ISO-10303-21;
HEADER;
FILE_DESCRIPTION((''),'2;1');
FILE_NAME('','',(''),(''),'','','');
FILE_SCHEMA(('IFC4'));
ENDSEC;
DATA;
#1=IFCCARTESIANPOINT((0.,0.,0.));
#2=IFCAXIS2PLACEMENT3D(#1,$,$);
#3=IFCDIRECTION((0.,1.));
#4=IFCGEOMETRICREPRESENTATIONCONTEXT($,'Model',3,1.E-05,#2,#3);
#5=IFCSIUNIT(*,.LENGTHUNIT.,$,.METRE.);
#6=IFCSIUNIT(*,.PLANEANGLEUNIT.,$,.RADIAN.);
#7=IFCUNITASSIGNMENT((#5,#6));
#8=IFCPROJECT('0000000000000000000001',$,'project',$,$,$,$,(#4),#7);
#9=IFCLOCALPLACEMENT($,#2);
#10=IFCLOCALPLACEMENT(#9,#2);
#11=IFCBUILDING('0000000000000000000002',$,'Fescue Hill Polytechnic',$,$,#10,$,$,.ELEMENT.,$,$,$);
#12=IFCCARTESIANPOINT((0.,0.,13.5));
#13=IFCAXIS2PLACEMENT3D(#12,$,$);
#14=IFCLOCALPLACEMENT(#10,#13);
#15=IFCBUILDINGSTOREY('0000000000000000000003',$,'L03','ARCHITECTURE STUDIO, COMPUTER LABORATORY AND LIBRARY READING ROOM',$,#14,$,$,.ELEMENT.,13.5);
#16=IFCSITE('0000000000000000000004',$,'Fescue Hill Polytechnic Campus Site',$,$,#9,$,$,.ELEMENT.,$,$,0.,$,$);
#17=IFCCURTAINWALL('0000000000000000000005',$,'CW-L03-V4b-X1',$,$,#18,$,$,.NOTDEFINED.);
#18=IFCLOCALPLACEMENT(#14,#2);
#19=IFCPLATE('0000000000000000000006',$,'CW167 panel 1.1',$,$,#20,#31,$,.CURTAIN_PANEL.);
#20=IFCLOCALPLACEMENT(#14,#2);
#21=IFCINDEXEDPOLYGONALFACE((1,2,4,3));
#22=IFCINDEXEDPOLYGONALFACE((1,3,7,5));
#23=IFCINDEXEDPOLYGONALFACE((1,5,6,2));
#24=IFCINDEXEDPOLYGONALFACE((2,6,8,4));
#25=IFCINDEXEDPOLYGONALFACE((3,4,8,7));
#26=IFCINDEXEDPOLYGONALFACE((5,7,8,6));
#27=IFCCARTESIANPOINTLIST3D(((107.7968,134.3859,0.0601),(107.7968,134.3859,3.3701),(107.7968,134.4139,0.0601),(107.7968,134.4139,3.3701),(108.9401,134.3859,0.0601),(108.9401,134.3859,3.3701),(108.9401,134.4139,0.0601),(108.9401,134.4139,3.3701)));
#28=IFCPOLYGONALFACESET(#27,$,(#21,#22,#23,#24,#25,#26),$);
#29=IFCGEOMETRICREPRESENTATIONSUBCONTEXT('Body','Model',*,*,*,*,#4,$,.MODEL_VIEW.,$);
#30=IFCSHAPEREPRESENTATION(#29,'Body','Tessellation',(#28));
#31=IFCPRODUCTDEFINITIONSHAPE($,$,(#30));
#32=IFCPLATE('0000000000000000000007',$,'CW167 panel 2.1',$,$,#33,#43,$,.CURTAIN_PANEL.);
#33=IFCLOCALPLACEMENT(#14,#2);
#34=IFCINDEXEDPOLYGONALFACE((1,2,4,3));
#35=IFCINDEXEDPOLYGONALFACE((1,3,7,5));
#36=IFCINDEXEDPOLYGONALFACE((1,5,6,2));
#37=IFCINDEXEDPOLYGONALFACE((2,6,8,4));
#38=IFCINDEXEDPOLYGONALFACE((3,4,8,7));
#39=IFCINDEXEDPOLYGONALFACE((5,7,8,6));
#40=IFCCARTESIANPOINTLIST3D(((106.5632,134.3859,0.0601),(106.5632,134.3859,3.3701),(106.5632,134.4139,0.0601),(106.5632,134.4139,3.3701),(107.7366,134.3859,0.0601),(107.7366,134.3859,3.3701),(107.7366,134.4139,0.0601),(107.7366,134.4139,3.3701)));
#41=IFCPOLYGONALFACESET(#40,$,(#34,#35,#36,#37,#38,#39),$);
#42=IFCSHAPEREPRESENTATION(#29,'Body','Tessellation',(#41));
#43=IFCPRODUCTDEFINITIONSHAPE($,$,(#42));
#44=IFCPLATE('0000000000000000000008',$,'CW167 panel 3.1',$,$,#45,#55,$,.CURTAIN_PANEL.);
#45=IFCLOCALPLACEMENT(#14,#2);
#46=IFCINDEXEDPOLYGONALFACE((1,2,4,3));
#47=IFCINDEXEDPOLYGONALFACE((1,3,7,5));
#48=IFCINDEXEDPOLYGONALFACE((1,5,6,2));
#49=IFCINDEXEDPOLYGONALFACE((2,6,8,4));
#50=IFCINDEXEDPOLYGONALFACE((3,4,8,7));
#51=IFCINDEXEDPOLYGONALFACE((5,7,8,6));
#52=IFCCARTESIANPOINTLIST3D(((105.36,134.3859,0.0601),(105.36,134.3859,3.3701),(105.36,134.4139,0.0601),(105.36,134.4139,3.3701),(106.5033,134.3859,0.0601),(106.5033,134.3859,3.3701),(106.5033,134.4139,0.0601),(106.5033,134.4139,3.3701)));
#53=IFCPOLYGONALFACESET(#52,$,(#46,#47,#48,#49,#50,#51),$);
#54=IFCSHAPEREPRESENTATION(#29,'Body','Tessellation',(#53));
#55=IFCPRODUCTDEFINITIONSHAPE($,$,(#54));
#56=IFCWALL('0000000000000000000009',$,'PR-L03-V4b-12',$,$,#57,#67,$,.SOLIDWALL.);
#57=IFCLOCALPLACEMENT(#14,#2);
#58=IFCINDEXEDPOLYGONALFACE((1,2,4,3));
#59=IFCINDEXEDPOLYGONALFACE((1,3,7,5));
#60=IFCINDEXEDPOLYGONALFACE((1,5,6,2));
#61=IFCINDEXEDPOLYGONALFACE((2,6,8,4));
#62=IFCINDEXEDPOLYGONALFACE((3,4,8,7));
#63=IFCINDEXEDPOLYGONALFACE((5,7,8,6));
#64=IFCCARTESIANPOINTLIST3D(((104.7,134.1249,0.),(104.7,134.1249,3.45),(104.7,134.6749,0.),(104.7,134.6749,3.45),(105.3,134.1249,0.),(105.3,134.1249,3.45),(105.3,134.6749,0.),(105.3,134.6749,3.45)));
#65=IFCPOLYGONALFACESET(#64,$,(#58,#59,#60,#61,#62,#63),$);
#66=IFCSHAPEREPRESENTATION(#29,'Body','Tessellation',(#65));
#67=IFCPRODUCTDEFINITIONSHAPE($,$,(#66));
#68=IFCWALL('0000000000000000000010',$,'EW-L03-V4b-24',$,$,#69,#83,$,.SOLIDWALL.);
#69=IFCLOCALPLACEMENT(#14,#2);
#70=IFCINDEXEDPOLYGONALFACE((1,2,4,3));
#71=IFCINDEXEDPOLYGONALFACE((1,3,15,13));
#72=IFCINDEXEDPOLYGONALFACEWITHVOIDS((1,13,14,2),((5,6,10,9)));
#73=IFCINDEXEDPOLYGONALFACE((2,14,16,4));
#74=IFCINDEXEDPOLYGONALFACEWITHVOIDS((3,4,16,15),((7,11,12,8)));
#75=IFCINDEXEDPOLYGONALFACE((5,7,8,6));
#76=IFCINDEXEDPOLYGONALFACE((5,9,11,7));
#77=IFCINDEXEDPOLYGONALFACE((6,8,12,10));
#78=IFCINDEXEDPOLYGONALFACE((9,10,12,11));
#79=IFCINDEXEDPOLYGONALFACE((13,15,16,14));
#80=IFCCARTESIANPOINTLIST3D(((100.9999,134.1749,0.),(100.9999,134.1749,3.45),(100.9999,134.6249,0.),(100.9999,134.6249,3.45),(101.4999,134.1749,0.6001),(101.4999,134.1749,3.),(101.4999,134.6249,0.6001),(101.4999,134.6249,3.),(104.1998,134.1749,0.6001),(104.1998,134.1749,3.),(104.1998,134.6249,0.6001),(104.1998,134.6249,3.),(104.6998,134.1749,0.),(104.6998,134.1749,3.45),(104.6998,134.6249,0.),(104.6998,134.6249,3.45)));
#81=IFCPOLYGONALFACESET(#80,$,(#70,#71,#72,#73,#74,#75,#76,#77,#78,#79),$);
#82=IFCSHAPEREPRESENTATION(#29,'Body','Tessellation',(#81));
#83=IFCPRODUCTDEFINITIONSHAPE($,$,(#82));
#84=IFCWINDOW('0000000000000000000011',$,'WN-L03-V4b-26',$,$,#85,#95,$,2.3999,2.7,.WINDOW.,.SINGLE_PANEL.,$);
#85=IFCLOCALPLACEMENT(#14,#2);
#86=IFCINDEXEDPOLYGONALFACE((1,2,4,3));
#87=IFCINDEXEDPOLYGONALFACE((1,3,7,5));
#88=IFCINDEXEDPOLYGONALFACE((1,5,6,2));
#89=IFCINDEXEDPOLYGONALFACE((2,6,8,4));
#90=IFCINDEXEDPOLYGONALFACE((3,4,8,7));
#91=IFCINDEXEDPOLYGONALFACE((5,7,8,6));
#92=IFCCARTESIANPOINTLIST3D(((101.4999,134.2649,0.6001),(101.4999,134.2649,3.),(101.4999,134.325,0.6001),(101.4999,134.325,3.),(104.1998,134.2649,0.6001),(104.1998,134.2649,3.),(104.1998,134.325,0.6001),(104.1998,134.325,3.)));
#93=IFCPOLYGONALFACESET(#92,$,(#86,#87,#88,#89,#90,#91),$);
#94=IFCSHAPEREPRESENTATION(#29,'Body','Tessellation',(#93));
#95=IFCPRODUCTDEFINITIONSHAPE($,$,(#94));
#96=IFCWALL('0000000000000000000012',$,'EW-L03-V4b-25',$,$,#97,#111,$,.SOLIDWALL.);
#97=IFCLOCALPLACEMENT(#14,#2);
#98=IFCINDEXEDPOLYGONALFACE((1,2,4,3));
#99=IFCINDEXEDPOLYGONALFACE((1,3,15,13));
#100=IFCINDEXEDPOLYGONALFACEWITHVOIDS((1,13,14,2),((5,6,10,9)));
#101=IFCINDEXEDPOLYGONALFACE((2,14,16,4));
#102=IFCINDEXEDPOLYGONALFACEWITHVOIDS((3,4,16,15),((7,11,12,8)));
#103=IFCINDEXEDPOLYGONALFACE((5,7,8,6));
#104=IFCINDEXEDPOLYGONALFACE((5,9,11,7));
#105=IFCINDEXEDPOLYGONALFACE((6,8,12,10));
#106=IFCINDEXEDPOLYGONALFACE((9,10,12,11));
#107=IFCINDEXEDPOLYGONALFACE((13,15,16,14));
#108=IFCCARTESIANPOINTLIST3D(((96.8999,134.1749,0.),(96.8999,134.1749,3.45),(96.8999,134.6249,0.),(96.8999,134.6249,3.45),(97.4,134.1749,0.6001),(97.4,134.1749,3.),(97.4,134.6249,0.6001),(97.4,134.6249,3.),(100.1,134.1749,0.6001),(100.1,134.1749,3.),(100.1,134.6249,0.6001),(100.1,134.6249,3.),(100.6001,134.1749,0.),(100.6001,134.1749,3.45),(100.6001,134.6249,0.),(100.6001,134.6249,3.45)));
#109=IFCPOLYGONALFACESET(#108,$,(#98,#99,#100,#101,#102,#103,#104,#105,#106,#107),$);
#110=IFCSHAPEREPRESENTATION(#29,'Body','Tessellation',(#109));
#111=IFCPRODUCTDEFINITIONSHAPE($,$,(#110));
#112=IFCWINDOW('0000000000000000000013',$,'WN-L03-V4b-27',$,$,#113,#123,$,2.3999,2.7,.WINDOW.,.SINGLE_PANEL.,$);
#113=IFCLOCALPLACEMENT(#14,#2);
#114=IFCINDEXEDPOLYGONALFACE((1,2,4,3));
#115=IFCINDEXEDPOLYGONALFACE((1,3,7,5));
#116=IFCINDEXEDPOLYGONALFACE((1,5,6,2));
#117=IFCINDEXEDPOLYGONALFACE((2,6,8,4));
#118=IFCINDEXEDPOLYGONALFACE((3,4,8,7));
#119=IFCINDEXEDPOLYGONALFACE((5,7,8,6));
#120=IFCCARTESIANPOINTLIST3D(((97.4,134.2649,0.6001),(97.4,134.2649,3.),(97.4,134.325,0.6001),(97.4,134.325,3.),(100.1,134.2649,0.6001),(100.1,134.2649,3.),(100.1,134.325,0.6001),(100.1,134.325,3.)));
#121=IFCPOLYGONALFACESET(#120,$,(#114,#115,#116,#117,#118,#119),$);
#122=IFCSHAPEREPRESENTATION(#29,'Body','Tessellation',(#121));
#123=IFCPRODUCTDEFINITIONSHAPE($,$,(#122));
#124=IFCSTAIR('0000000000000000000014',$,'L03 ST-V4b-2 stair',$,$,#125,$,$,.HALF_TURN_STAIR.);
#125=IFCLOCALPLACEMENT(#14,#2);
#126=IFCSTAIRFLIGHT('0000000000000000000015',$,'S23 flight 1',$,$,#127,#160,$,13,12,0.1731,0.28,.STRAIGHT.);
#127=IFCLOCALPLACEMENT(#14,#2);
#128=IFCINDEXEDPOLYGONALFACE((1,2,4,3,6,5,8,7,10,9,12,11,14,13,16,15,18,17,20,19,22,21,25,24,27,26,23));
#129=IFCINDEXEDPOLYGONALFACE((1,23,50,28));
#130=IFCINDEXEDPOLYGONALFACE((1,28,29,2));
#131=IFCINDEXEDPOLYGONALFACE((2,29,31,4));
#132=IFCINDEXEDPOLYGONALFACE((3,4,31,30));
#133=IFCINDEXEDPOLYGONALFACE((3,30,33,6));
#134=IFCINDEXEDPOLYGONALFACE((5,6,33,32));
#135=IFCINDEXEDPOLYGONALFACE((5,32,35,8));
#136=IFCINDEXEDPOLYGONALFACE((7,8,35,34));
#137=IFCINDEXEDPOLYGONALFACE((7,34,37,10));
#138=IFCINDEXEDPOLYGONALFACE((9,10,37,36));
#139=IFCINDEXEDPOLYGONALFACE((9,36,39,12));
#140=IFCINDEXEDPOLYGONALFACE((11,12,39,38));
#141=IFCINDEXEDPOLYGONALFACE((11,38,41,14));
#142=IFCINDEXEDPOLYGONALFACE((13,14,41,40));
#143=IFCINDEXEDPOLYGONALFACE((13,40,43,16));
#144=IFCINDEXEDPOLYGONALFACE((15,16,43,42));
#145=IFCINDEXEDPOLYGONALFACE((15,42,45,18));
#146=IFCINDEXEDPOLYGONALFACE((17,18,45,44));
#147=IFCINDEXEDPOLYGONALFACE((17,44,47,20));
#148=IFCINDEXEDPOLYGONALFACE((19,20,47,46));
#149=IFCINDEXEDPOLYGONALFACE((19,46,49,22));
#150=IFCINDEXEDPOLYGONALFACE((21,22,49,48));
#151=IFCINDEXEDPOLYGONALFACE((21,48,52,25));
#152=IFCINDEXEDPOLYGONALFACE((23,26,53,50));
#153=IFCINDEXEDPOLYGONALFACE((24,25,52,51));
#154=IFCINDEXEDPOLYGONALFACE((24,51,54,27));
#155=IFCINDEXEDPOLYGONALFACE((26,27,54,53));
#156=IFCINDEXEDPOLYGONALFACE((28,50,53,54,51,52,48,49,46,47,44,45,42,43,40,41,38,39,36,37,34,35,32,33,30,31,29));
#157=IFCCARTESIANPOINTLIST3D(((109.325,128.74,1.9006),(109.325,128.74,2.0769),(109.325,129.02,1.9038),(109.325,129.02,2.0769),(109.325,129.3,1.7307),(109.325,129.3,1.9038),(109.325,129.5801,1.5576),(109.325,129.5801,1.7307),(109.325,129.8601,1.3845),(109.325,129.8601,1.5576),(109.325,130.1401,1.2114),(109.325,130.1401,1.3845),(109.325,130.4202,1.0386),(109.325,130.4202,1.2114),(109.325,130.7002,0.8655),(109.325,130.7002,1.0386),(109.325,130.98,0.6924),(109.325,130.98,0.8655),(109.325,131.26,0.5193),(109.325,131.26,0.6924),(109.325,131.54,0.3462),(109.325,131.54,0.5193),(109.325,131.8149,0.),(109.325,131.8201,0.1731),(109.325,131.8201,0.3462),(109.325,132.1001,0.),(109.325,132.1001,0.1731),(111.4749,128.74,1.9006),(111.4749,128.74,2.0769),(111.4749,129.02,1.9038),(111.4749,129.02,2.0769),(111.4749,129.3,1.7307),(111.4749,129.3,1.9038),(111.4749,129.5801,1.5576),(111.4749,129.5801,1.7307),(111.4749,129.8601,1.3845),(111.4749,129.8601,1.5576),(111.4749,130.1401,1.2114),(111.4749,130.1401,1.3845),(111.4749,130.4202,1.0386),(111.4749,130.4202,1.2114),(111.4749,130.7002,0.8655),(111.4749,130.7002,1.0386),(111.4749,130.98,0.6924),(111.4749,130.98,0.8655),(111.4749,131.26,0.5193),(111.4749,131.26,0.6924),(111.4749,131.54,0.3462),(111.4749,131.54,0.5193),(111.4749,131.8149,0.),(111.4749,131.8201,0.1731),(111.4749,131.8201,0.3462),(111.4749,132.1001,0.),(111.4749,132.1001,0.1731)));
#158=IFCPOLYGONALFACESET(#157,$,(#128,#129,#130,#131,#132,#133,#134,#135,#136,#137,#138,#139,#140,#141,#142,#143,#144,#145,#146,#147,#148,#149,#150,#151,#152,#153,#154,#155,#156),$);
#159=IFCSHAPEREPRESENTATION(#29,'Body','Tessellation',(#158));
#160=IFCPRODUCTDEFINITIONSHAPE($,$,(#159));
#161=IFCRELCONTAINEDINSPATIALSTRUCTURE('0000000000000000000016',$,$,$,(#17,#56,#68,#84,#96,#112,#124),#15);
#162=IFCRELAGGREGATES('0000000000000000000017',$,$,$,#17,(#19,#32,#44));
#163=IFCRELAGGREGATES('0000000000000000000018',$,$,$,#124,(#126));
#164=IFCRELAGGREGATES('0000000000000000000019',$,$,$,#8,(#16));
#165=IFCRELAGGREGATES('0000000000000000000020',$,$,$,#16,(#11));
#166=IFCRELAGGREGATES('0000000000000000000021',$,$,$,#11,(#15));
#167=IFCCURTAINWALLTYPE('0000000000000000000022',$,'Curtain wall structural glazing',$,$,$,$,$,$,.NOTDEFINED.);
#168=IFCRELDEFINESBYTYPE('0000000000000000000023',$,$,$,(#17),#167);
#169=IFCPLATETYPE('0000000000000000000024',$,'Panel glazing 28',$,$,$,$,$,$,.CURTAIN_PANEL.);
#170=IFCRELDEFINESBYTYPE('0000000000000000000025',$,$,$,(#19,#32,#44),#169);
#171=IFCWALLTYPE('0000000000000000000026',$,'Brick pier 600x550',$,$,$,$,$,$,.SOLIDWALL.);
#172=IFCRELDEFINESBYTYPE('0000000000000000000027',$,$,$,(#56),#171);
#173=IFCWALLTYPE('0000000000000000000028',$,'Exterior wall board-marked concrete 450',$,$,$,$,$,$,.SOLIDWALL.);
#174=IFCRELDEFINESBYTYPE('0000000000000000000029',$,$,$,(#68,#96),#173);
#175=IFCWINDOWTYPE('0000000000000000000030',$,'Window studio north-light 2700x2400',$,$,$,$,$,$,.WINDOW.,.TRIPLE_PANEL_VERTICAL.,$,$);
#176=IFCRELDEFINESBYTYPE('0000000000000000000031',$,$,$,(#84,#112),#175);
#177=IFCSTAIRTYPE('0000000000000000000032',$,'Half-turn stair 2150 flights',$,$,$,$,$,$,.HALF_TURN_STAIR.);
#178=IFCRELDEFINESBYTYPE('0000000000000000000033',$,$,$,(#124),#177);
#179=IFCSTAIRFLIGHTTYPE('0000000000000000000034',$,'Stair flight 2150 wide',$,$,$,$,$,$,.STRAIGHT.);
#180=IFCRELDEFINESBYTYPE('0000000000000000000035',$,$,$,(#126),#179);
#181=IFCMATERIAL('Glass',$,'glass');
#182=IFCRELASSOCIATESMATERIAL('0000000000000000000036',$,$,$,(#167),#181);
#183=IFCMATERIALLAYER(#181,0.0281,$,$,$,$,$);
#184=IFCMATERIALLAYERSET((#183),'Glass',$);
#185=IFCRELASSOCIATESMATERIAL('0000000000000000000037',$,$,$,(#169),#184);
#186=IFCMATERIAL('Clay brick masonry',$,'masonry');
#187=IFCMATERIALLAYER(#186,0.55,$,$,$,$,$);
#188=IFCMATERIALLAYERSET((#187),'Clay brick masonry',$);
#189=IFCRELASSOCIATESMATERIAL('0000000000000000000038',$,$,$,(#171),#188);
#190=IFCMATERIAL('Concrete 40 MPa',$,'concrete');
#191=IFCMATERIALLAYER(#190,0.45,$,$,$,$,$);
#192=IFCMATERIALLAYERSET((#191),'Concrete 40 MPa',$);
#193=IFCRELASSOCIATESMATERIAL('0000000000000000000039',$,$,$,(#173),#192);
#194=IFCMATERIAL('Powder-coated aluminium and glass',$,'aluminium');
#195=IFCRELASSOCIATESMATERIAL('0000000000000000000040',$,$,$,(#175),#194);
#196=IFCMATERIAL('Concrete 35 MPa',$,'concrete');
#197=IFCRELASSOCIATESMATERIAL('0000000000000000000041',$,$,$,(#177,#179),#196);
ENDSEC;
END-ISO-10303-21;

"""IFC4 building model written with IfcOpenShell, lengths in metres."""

from ifc_helpers import new_model, si_unit, direction, frame, frame_2d, origin, origin_2d, place, context, subcontext, project, spatial, polyline, rectangle, outline, extrude, material, layer, layer_set, type_object, element, fill, aggregate, save


model = new_model("IFC4")

# Units and contexts
model_context = context("Model", 3, precision=1e-05, world=origin(), true_north=direction((0.0, 1.0)))
body_context = subcontext(model_context, "Body", "Model", "MODEL_VIEW")
ifc_project = project(units=[si_unit("LENGTHUNIT", "METRE"), si_unit("PLANEANGLEUNIT", "RADIAN")], contexts=[model_context])

# Site, building, storey
site_placement = place(None, origin())
site = spatial("IfcSite", under=ifc_project, at=site_placement, Name="Fescue Hill Polytechnic Campus Site", CompositionType="ELEMENT", RefElevation=0.0)
building_placement = place(site_placement, origin())
building = spatial("IfcBuilding", under=site, at=building_placement, Name="Fescue Hill Polytechnic", CompositionType="ELEMENT")
storey_placement = place(building_placement, frame((0.0, 0.0, 13.5)))
storey = spatial("IfcBuildingStorey", under=building, at=storey_placement, Name="L03", Description="ARCHITECTURE STUDIO, COMPUTER LABORATORY AND LIBRARY READING ROOM", CompositionType="ELEMENT", Elevation=13.5)

# Shared definitions
ifc_material_1 = material(Name="Concrete 40 MPa", Category="concrete")

# Shared definitions
ifc_material_2 = material(Name="Concrete 35 MPa", Category="concrete")

# Curtain wall, plates
ifc_material_3 = material(Name="Glass", Category="glass")
curtain_wall_type = type_object("IfcCurtainWallType", Name="Curtain wall structural glazing", PredefinedType="NOTDEFINED", material=ifc_material_3)
curtain_wall_placement = place(storey_placement, origin())
curtain_wall = element("IfcCurtainWall", 1, at=curtain_wall_placement, inside=storey, type_object=curtain_wall_type, Name="CW-L03-V4b-X1", PredefinedType="NOTDEFINED")
ifc_layer_1 = layer(ifc_material_3, 0.0281)
ifc_layer_set_1 = layer_set([ifc_layer_1], Name="Glass")
plate_type = type_object("IfcPlateType", Name="Panel glazing 28", PredefinedType="CURTAIN_PANEL", material=ifc_layer_set_1)
plate_1_placement = place(storey_placement, frame((108.3684, 134.3999, 0.0601), z_axis=(0.0, 0.0, 1.0), x_axis=(-1.0, 0.0, 0.0)))
plate_1 = element("IfcPlate", 2, at=plate_1_placement, type_object=plate_type, Name="CW167 panel 1.1", PredefinedType="CURTAIN_PANEL", context=body_context, shape_type="SweptSolid", body=[
    extrude(rectangle(XDim=1.1433, YDim=0.0281, at=origin_2d()), origin(), (0.0, 0.0, 1.0), 3.3101),
])
plate_2_placement = place(storey_placement, frame((107.1499, 134.3999, 0.0601), z_axis=(0.0, 0.0, 1.0), x_axis=(-1.0, 0.0, 0.0)))
plate_2 = element("IfcPlate", 3, at=plate_2_placement, type_object=plate_type, Name="CW167 panel 2.1", PredefinedType="CURTAIN_PANEL", context=body_context, shape_type="SweptSolid", body=[
    extrude(rectangle(XDim=1.1733, YDim=0.0281, at=origin_2d()), origin(), (0.0, 0.0, 1.0), 3.3101),
])
plate_3_placement = place(storey_placement, frame((105.9316, 134.3999, 0.0601), z_axis=(0.0, 0.0, 1.0), x_axis=(-1.0, 0.0, 0.0)))
plate_3 = element("IfcPlate", 4, at=plate_3_placement, type_object=plate_type, Name="CW167 panel 3.1", PredefinedType="CURTAIN_PANEL", context=body_context, shape_type="SweptSolid", body=[
    extrude(rectangle(XDim=1.1433, YDim=0.0281, at=origin_2d()), origin(), (0.0, 0.0, 1.0), 3.3101),
])
aggregate(curtain_wall, [plate_1, plate_2, plate_3])

# Wall
ifc_material_4 = material(Name="Clay brick masonry", Category="masonry")
ifc_layer_2 = layer(ifc_material_4, 0.55)
ifc_layer_set_2 = layer_set([ifc_layer_2], Name="Clay brick masonry")
wall_type_1 = type_object("IfcWallType", Name="Brick pier 600x550", PredefinedType="SOLIDWALL", material=ifc_layer_set_2)
wall_1_placement = place(storey_placement, frame((105.3, 134.3999, 0.0), z_axis=(0.0, 0.0, 1.0), x_axis=(-1.0, 0.0, 0.0)))
element("IfcWall", 5, at=wall_1_placement, inside=storey, type_object=wall_type_1, Name="PR-L03-V4b-12", PredefinedType="SOLIDWALL", context=body_context, shape_type="SweptSolid", body=[
    extrude(rectangle(XDim=0.6001, YDim=0.55, at=frame_2d((0.3, 0.0))), origin(), (0.0, 0.0, 1.0), 3.45),
])

# Walls, openings, windows
ifc_layer_3 = layer(ifc_material_1, 0.45)
ifc_layer_set_3 = layer_set([ifc_layer_3], Name="Concrete 40 MPa")
wall_type_2 = type_object("IfcWallType", Name="Exterior wall board-marked concrete 450", PredefinedType="SOLIDWALL", material=ifc_layer_set_3)
wall_2_placement = place(storey_placement, frame((104.7, 134.3999, 0.0), z_axis=(0.0, 0.0, 1.0), x_axis=(-1.0, 0.0, 0.0)))
wall_2 = element("IfcWall", 6, at=wall_2_placement, inside=storey, type_object=wall_type_2, Name="EW-L03-V4b-24", PredefinedType="SOLIDWALL", context=body_context, shape_type="SweptSolid", body=[
    extrude(rectangle(XDim=3.7, YDim=0.45, at=frame_2d((1.8501, 0.0))), origin(), (0.0, 0.0, 1.0), 3.45),
])
opening_1_placement = place(wall_2_placement, frame((0.5, 0.0, 0.6001)))
opening_1 = element("IfcOpeningElement", 7, at=opening_1_placement, cuts=wall_2, PredefinedType="OPENING", context=body_context, shape_type="SweptSolid", body=[
    extrude(rectangle(XDim=2.7, YDim=2.3999, at=frame_2d((1.3501, 1.2))), frame((0.0, 0.2349, 0.0), z_axis=(0.0, -1.0, 0.0), x_axis=(1.0, 0.0, 0.0)), (0.0, 0.0, 1.0), 0.47),
])
ifc_material_5 = material(Name="Powder-coated aluminium and glass", Category="aluminium")
window_type = type_object("IfcWindowType", Name="Window studio north-light 2700x2400", PartitioningType="TRIPLE_PANEL_VERTICAL", PredefinedType="WINDOW", material=ifc_material_5)
window_1_placement = place(opening_1_placement, origin())
window_1 = element("IfcWindow", 8, at=window_1_placement, inside=storey, type_object=window_type, Name="WN-L03-V4b-26", OverallHeight=2.3999, OverallWidth=2.7, PartitioningType="SINGLE_PANEL", PredefinedType="WINDOW", context=body_context, shape_type="SweptSolid", body=[
    extrude(rectangle(XDim=2.7, YDim=2.3999, at=frame_2d((1.3501, 1.2))), frame((0.0, 0.135, 0.0), z_axis=(0.0, -1.0, 0.0), x_axis=(1.0, 0.0, 0.0)), (0.0, 0.0, 1.0), 0.0601),
])
fill(opening_1, window_1)
wall_3_placement = place(storey_placement, frame((100.6001, 134.3999, 0.0), z_axis=(0.0, 0.0, 1.0), x_axis=(-1.0, 0.0, 0.0)))
wall_3 = element("IfcWall", 9, at=wall_3_placement, inside=storey, type_object=wall_type_2, Name="EW-L03-V4b-25", PredefinedType="SOLIDWALL", context=body_context, shape_type="SweptSolid", body=[
    extrude(rectangle(XDim=3.7002, YDim=0.45, at=frame_2d((1.8501, 0.0))), origin(), (0.0, 0.0, 1.0), 3.45),
])
opening_2_placement = place(wall_3_placement, frame((0.5, 0.0, 0.6001)))
opening_2 = element("IfcOpeningElement", 10, at=opening_2_placement, cuts=wall_3, PredefinedType="OPENING", context=body_context, shape_type="SweptSolid", body=[
    extrude(rectangle(XDim=2.7, YDim=2.3999, at=frame_2d((1.3501, 1.2))), frame((0.0, 0.2349, 0.0), z_axis=(0.0, -1.0, 0.0), x_axis=(1.0, 0.0, 0.0)), (0.0, 0.0, 1.0), 0.47),
])
window_2_placement = place(opening_2_placement, origin())
window_2 = element("IfcWindow", 11, at=window_2_placement, inside=storey, type_object=window_type, Name="WN-L03-V4b-27", OverallHeight=2.3999, OverallWidth=2.7, PartitioningType="SINGLE_PANEL", PredefinedType="WINDOW", context=body_context, shape_type="SweptSolid", body=[
    extrude(rectangle(XDim=2.7, YDim=2.3999, at=frame_2d((1.3501, 1.2))), frame((0.0, 0.135, 0.0), z_axis=(0.0, -1.0, 0.0), x_axis=(1.0, 0.0, 0.0)), (0.0, 0.0, 1.0), 0.0601),
])
fill(opening_2, window_2)

# Stair, stair flight
stair_type = type_object("IfcStairType", Name="Half-turn stair 2150 flights", PredefinedType="HALF_TURN_STAIR", material=ifc_material_2)
stair_placement = place(storey_placement, origin())
stair = element("IfcStair", 12, at=stair_placement, inside=storey, type_object=stair_type, Name="L03 ST-V4b-2 stair", PredefinedType="HALF_TURN_STAIR")
stair_flight_type = type_object("IfcStairFlightType", Name="Stair flight 2150 wide", PredefinedType="STRAIGHT", material=ifc_material_2)
stair_flight_placement = place(storey_placement, frame((110.3999, 132.1001, 0.0), z_axis=(0.0, 0.0, 1.0), x_axis=(0.0, -1.0, 0.0)))
stair_flight = element("IfcStairFlight", 13, at=stair_flight_placement, type_object=stair_flight_type, Name="S23 flight 1", NumberOfRisers=13, NumberOfTreads=12, PredefinedType="STRAIGHT", RiserHeight=0.1731, TreadLength=0.28, context=body_context, shape_type="SweptSolid", body=[
    extrude(outline(polyline([(0.0, 0.0), (0.0, 0.1731), (0.28, 0.1731), (0.28, 0.3462), (0.5601, 0.3462), (0.5601, 0.5193), (0.8401, 0.5193), (0.8401, 0.6924), (1.1201, 0.6924), (1.1201, 0.8655), (1.3999, 0.8655), (1.3999, 1.0386), (1.6799, 1.0386), (1.6799, 1.2114), (1.96, 1.2114), (1.96, 1.3845), (2.24, 1.3845), (2.24, 1.5576), (2.52, 1.5576), (2.52, 1.7307), (2.8, 1.7307), (2.8, 1.9038), (3.0801, 1.9038), (3.0801, 2.0769), (3.3601, 2.0769), (3.3601, 2.25), (3.3601, 1.9006), (0.2852, 0.0), (0.0, 0.0)])), frame((0.0, 1.075, 0.0), z_axis=(0.0, -1.0, 0.0), x_axis=(1.0, 0.0, 0.0)), (0.0, 0.0, 1.0), 2.1499),
])
aggregate(stair, [stair_flight])

save(model, "model.ifc")
